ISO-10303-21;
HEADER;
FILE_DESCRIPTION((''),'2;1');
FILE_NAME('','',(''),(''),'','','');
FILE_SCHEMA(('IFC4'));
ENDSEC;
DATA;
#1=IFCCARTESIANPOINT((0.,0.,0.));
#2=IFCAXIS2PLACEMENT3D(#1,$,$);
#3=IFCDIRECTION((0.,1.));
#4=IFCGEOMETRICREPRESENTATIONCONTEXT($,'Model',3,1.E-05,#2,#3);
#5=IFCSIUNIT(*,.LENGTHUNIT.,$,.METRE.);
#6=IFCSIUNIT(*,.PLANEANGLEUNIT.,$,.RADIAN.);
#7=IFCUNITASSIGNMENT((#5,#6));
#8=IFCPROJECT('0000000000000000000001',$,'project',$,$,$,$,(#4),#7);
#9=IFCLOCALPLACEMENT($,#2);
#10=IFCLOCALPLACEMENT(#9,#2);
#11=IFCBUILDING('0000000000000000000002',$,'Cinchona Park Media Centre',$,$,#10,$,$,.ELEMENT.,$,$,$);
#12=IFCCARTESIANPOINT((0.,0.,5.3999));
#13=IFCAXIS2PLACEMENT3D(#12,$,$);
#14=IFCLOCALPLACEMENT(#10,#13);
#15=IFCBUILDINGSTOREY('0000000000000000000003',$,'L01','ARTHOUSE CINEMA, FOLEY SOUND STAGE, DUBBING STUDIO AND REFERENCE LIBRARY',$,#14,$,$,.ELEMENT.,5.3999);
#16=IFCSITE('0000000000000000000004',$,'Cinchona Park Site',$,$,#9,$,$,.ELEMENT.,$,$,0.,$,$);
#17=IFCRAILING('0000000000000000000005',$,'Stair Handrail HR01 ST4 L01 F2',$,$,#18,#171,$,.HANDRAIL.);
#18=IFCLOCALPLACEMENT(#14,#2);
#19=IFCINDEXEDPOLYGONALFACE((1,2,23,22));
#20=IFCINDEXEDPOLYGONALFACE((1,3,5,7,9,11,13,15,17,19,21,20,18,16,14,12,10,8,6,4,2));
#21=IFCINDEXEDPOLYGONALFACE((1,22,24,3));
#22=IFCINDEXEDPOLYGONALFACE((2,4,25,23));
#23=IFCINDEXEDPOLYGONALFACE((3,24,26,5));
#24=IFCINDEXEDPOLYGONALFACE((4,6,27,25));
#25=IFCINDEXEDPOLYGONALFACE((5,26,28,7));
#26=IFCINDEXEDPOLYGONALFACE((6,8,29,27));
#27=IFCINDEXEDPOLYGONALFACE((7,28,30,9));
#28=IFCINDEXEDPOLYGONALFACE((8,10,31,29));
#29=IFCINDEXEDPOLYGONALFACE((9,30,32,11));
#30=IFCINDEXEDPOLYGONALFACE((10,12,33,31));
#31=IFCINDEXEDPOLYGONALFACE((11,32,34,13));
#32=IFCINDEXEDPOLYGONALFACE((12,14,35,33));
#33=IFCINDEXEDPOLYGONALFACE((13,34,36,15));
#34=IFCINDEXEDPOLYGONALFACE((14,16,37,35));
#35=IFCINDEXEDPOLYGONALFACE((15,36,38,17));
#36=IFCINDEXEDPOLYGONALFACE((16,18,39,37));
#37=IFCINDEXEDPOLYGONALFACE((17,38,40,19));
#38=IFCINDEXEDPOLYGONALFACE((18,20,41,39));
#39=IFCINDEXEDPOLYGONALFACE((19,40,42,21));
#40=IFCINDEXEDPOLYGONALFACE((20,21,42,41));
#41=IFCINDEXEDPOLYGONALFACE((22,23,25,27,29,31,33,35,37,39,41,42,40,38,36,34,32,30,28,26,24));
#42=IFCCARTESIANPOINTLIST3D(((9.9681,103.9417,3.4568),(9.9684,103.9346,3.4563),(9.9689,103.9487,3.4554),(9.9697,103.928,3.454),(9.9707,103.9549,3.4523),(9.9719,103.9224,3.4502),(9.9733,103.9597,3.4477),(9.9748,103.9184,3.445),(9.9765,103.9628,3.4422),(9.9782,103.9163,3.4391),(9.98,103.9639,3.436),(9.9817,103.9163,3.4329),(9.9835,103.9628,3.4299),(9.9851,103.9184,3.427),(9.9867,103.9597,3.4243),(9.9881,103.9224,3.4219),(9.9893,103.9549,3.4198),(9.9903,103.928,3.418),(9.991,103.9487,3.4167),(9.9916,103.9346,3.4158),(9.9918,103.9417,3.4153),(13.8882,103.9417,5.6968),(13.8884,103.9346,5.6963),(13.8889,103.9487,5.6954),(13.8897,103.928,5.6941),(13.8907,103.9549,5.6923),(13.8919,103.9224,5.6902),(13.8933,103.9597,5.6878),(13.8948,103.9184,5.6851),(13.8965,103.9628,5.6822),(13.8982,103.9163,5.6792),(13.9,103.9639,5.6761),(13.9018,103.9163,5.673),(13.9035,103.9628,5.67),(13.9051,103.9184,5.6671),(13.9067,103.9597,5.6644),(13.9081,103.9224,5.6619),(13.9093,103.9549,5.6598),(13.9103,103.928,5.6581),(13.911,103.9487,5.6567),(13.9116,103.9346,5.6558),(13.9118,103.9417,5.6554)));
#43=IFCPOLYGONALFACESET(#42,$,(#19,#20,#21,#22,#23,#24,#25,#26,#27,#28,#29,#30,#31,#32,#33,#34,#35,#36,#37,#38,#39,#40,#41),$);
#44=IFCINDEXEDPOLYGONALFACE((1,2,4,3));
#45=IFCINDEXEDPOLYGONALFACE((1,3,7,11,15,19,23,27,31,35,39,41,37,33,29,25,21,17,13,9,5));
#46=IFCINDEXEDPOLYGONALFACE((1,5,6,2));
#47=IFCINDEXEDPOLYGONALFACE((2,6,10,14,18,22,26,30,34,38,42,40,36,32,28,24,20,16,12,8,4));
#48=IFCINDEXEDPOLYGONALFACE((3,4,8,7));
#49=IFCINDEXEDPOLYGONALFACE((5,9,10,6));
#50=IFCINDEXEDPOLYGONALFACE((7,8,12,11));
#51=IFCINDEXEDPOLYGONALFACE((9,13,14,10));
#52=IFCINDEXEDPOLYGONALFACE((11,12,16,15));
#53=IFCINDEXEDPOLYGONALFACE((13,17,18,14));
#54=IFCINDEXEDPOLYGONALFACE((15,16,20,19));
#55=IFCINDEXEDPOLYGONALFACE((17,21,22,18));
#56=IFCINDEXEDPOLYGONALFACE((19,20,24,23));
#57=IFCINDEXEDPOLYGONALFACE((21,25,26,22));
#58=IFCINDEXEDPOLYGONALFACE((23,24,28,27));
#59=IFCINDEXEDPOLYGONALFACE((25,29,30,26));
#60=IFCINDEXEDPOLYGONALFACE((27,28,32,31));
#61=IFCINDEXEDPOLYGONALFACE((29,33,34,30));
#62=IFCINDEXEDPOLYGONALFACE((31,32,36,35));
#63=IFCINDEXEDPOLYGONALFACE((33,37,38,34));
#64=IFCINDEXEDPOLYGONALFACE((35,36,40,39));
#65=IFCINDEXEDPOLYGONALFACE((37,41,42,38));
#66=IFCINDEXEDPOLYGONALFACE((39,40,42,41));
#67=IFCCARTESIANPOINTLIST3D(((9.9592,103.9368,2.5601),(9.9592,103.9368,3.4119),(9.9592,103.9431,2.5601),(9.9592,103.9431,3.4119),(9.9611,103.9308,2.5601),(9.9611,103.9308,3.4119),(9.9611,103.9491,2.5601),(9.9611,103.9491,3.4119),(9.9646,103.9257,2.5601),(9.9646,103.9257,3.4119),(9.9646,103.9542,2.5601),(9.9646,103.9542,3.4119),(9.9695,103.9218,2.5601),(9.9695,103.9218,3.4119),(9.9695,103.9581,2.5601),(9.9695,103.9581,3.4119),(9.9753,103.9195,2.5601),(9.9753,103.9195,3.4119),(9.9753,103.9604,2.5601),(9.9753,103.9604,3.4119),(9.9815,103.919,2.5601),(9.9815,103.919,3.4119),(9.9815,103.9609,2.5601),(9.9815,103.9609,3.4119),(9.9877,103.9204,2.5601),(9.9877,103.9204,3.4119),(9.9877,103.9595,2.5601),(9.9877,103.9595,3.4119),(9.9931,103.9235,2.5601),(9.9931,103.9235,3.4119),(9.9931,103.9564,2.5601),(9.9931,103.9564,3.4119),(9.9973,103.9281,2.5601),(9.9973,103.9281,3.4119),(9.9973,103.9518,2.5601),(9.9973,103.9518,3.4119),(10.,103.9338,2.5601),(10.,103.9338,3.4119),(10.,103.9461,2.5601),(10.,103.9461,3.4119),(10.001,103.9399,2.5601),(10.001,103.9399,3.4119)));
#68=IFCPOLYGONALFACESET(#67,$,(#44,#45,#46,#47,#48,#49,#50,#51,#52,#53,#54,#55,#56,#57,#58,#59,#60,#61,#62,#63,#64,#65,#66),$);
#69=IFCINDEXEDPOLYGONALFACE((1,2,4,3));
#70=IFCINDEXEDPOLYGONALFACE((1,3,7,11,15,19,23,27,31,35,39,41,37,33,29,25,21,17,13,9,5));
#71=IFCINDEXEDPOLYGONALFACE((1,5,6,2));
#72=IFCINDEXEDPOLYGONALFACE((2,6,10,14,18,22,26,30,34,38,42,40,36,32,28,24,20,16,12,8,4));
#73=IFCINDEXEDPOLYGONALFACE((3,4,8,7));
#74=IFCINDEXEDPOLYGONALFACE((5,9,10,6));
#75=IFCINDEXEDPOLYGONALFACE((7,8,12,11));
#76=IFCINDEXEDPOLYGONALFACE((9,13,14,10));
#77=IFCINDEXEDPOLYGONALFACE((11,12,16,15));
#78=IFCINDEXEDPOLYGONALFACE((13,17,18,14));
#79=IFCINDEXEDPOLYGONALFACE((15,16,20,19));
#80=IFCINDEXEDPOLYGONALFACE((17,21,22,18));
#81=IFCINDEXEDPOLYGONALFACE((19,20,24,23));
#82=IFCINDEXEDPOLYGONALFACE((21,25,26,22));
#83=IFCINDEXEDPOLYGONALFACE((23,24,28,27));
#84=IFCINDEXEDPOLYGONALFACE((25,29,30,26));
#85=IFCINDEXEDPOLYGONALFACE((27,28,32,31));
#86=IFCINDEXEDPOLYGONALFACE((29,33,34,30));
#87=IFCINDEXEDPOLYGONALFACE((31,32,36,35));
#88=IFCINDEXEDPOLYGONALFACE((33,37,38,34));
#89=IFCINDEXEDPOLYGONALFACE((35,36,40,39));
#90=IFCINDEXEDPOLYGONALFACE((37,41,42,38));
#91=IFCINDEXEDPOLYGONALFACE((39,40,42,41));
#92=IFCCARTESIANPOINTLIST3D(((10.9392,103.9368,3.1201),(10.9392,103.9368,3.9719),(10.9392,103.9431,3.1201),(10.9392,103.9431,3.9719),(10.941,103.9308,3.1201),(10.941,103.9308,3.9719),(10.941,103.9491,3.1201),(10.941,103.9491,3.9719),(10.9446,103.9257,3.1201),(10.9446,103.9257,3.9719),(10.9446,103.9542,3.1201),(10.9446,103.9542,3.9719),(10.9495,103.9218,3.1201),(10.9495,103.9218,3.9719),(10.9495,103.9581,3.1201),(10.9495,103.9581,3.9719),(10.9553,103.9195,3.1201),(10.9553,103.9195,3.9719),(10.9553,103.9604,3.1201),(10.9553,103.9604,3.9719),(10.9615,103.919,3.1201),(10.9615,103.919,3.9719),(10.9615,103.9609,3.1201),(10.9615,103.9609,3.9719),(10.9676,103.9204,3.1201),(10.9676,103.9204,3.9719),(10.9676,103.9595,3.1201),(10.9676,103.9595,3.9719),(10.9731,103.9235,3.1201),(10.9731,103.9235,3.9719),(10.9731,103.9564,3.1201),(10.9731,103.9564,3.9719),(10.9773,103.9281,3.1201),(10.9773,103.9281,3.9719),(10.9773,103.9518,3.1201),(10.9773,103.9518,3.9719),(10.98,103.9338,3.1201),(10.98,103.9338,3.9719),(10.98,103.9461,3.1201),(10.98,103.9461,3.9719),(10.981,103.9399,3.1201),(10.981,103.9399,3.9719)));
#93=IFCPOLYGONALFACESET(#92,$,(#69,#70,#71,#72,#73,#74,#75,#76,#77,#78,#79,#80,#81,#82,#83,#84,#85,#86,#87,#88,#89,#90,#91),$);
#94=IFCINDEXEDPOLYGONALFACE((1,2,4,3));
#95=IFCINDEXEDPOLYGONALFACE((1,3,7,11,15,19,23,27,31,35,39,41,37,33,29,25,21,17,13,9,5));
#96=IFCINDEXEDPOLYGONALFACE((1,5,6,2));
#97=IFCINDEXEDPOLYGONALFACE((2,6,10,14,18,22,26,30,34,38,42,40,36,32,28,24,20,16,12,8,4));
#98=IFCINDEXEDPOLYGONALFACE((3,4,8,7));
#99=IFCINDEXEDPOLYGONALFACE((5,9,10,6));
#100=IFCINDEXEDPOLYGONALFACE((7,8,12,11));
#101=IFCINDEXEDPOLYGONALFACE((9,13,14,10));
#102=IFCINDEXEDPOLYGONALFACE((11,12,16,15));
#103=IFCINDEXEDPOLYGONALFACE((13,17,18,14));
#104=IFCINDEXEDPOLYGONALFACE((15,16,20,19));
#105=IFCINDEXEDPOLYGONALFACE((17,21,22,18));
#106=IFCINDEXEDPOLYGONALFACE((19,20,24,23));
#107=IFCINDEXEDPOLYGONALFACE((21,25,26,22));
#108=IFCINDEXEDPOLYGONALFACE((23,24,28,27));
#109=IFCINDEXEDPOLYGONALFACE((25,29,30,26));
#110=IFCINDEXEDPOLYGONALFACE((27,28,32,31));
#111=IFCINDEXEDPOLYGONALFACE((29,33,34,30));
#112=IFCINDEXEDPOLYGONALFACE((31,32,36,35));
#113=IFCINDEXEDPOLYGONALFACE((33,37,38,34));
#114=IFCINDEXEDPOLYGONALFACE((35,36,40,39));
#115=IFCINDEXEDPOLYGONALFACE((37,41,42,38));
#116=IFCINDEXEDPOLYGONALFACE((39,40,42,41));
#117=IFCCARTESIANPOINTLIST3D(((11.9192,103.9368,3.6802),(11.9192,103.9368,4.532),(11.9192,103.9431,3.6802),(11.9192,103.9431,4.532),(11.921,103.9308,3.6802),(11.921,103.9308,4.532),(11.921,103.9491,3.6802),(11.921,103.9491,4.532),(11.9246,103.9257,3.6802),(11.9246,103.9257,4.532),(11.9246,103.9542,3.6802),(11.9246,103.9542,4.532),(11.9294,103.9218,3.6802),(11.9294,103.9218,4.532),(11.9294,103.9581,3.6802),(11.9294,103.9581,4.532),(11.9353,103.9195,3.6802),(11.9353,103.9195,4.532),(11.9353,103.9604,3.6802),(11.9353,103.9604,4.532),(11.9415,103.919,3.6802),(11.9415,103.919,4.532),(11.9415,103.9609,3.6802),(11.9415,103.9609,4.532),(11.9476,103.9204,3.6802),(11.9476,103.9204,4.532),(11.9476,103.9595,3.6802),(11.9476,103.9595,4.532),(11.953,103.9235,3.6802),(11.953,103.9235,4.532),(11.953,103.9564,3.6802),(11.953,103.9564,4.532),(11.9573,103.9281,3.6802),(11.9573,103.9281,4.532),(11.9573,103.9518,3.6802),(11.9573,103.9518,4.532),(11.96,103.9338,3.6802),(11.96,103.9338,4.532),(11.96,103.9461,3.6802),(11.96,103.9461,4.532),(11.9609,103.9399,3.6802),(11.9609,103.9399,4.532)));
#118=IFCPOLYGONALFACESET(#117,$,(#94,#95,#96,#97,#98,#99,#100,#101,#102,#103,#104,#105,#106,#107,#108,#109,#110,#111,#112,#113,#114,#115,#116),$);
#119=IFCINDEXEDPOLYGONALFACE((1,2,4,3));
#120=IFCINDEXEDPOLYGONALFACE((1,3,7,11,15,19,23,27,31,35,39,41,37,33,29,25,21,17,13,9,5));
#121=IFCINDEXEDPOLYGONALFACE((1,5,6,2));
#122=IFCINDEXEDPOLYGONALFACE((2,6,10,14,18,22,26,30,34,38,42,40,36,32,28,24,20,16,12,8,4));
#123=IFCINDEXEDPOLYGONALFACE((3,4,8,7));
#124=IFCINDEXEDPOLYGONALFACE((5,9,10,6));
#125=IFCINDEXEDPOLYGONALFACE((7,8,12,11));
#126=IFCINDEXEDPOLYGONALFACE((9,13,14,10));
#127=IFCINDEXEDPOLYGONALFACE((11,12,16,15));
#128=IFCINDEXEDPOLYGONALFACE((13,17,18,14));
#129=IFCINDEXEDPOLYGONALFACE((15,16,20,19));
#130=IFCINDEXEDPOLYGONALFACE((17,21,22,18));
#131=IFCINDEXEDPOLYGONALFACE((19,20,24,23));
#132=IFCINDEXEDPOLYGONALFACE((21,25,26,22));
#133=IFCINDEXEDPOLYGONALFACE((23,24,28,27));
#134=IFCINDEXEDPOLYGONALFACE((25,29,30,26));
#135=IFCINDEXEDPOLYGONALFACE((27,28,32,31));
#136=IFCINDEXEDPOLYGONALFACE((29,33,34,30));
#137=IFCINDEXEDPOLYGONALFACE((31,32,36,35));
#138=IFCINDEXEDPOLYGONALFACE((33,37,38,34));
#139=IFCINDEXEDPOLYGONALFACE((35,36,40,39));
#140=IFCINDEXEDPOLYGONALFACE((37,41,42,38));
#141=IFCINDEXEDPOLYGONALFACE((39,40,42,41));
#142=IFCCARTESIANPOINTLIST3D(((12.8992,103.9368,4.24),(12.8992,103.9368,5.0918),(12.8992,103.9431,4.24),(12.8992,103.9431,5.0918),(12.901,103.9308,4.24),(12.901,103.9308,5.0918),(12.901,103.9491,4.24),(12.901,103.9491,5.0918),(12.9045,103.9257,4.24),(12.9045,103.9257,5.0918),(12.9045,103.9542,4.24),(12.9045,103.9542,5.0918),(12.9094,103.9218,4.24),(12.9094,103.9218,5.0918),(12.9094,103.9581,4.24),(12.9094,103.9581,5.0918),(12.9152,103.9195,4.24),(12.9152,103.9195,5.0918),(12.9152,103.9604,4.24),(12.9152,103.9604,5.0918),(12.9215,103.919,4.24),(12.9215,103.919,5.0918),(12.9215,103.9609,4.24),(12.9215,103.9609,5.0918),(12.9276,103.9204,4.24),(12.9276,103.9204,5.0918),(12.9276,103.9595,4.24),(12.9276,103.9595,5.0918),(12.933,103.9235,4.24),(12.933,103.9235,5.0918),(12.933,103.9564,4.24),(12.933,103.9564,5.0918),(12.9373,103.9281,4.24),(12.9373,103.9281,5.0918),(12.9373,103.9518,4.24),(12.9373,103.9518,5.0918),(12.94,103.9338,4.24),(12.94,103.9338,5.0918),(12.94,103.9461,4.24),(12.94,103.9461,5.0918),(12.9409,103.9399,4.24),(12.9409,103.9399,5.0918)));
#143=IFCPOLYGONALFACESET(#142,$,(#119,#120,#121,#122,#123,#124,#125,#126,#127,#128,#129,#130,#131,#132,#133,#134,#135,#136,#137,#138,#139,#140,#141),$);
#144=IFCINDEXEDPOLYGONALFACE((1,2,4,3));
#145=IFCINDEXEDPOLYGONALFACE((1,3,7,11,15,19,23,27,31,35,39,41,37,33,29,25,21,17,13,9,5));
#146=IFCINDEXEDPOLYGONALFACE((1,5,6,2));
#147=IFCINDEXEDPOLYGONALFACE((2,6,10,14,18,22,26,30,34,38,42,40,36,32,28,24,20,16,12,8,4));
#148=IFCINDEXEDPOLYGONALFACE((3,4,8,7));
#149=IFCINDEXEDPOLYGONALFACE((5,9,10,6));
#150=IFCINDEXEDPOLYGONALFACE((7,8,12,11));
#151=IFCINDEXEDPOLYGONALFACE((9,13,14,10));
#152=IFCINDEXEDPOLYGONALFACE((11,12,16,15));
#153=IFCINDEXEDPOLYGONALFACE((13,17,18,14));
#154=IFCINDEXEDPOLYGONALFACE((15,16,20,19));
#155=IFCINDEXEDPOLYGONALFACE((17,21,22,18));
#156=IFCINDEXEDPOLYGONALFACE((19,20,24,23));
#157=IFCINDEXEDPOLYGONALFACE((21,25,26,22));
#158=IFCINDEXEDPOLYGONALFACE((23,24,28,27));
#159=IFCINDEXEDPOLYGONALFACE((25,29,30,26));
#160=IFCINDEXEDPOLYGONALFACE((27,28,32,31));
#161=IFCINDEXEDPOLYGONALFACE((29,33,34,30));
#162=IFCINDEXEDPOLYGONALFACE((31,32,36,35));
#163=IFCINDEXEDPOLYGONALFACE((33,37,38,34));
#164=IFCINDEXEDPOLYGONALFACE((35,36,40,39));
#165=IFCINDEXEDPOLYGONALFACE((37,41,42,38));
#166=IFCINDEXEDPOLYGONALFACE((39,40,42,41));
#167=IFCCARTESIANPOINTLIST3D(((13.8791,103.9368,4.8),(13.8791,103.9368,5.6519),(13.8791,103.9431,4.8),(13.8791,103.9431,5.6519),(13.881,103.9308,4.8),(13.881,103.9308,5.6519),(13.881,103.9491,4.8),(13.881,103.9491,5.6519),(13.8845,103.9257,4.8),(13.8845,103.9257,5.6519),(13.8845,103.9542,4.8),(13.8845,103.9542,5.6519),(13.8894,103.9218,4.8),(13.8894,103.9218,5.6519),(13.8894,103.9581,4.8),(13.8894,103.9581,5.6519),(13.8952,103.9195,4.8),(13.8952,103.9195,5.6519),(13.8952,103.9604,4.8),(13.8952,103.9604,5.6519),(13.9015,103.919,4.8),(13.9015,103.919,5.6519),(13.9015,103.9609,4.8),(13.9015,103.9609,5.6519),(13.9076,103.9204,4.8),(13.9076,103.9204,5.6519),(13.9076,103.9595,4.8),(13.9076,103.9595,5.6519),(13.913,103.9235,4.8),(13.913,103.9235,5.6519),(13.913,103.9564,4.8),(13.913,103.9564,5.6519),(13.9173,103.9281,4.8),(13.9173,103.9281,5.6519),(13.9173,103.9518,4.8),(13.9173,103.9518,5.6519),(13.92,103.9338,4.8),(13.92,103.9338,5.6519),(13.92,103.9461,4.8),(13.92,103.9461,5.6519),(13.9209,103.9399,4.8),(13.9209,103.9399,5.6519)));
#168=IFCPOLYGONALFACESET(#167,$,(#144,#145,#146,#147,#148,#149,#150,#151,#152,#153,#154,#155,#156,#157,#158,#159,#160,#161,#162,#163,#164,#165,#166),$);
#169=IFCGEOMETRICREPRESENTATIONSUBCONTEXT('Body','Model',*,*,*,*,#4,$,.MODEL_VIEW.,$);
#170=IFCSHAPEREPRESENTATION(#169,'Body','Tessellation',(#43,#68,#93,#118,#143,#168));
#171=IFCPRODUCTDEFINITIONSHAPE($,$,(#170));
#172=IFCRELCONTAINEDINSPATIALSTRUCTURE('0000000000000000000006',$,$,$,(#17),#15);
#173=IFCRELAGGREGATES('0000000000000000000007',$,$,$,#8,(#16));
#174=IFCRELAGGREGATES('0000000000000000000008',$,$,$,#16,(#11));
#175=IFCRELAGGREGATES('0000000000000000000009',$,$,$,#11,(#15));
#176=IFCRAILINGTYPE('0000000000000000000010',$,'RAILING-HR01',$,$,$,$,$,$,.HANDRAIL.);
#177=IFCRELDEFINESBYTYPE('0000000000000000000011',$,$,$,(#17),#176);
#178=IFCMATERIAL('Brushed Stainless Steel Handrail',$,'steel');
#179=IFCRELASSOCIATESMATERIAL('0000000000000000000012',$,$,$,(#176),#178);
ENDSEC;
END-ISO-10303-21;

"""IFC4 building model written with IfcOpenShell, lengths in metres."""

from ifc_helpers import new_model, si_unit, direction, frame, origin, origin_2d, place, context, subcontext, project, spatial, circle, extrude, material, type_object, element, save


model = new_model("IFC4")

# Units and contexts
model_context = context("Model", 3, precision=1e-05, world=origin(), true_north=direction((0.0, 1.0)))
body_context = subcontext(model_context, "Body", "Model", "MODEL_VIEW")
ifc_project = project(units=[si_unit("LENGTHUNIT", "METRE"), si_unit("PLANEANGLEUNIT", "RADIAN")], contexts=[model_context])

# Site, building, storey
site_placement = place(None, origin())
site = spatial("IfcSite", under=ifc_project, at=site_placement, Name="Cinchona Park Site", CompositionType="ELEMENT", RefElevation=0.0)
building_placement = place(site_placement, origin())
building = spatial("IfcBuilding", under=site, at=building_placement, Name="Cinchona Park Media Centre", CompositionType="ELEMENT")
storey_placement = place(building_placement, frame((0.0, 0.0, 5.3999)))
storey = spatial("IfcBuildingStorey", under=building, at=storey_placement, Name="L01", Description="ARTHOUSE CINEMA, FOLEY SOUND STAGE, DUBBING STUDIO AND REFERENCE LIBRARY", CompositionType="ELEMENT", Elevation=5.3999)

# Railing
ifc_material_1 = material(Name="Brushed Stainless Steel Handrail", Category="steel")
railing_type_1 = type_object("IfcRailingType", Name="RAILING-HR01", PredefinedType="HANDRAIL", material=ifc_material_1)
railing_1_placement = place(storey_placement, frame((9.98, 103.9399, 2.5601)))
element("IfcRailing", 1, at=railing_1_placement, inside=storey, type_object=railing_type_1, Name="Stair Handrail HR01 ST4 L01 F2", PredefinedType="HANDRAIL", context=body_context, shape_type="SweptSolid", body=[
    extrude(circle(Radius=0.0239, at=origin_2d()), frame((0.0, 0.0, 0.876), z_axis=(0.86824, 0.0, 0.496145), x_axis=(0.0, 1.0, 0.0)), (0.0, 0.0, 1.0), 4.5149),
    extrude(circle(Radius=0.021, at=origin_2d()), origin(), (0.0, 0.0, 1.0), 0.8518),
    extrude(circle(Radius=0.021, at=origin_2d()), frame((0.98, 0.0, 0.5601)), (0.0, 0.0, 1.0), 0.8518),
    extrude(circle(Radius=0.021, at=origin_2d()), frame((1.96, 0.0, 1.1201)), (0.0, 0.0, 1.0), 0.8518),
    extrude(circle(Radius=0.021, at=origin_2d()), frame((2.9399, 0.0, 1.6799)), (0.0, 0.0, 1.0), 0.8518),
    extrude(circle(Radius=0.021, at=origin_2d()), frame((3.9199, 0.0, 2.24)), (0.0, 0.0, 1.0), 0.8518),
])

save(model, "model.ifc")
